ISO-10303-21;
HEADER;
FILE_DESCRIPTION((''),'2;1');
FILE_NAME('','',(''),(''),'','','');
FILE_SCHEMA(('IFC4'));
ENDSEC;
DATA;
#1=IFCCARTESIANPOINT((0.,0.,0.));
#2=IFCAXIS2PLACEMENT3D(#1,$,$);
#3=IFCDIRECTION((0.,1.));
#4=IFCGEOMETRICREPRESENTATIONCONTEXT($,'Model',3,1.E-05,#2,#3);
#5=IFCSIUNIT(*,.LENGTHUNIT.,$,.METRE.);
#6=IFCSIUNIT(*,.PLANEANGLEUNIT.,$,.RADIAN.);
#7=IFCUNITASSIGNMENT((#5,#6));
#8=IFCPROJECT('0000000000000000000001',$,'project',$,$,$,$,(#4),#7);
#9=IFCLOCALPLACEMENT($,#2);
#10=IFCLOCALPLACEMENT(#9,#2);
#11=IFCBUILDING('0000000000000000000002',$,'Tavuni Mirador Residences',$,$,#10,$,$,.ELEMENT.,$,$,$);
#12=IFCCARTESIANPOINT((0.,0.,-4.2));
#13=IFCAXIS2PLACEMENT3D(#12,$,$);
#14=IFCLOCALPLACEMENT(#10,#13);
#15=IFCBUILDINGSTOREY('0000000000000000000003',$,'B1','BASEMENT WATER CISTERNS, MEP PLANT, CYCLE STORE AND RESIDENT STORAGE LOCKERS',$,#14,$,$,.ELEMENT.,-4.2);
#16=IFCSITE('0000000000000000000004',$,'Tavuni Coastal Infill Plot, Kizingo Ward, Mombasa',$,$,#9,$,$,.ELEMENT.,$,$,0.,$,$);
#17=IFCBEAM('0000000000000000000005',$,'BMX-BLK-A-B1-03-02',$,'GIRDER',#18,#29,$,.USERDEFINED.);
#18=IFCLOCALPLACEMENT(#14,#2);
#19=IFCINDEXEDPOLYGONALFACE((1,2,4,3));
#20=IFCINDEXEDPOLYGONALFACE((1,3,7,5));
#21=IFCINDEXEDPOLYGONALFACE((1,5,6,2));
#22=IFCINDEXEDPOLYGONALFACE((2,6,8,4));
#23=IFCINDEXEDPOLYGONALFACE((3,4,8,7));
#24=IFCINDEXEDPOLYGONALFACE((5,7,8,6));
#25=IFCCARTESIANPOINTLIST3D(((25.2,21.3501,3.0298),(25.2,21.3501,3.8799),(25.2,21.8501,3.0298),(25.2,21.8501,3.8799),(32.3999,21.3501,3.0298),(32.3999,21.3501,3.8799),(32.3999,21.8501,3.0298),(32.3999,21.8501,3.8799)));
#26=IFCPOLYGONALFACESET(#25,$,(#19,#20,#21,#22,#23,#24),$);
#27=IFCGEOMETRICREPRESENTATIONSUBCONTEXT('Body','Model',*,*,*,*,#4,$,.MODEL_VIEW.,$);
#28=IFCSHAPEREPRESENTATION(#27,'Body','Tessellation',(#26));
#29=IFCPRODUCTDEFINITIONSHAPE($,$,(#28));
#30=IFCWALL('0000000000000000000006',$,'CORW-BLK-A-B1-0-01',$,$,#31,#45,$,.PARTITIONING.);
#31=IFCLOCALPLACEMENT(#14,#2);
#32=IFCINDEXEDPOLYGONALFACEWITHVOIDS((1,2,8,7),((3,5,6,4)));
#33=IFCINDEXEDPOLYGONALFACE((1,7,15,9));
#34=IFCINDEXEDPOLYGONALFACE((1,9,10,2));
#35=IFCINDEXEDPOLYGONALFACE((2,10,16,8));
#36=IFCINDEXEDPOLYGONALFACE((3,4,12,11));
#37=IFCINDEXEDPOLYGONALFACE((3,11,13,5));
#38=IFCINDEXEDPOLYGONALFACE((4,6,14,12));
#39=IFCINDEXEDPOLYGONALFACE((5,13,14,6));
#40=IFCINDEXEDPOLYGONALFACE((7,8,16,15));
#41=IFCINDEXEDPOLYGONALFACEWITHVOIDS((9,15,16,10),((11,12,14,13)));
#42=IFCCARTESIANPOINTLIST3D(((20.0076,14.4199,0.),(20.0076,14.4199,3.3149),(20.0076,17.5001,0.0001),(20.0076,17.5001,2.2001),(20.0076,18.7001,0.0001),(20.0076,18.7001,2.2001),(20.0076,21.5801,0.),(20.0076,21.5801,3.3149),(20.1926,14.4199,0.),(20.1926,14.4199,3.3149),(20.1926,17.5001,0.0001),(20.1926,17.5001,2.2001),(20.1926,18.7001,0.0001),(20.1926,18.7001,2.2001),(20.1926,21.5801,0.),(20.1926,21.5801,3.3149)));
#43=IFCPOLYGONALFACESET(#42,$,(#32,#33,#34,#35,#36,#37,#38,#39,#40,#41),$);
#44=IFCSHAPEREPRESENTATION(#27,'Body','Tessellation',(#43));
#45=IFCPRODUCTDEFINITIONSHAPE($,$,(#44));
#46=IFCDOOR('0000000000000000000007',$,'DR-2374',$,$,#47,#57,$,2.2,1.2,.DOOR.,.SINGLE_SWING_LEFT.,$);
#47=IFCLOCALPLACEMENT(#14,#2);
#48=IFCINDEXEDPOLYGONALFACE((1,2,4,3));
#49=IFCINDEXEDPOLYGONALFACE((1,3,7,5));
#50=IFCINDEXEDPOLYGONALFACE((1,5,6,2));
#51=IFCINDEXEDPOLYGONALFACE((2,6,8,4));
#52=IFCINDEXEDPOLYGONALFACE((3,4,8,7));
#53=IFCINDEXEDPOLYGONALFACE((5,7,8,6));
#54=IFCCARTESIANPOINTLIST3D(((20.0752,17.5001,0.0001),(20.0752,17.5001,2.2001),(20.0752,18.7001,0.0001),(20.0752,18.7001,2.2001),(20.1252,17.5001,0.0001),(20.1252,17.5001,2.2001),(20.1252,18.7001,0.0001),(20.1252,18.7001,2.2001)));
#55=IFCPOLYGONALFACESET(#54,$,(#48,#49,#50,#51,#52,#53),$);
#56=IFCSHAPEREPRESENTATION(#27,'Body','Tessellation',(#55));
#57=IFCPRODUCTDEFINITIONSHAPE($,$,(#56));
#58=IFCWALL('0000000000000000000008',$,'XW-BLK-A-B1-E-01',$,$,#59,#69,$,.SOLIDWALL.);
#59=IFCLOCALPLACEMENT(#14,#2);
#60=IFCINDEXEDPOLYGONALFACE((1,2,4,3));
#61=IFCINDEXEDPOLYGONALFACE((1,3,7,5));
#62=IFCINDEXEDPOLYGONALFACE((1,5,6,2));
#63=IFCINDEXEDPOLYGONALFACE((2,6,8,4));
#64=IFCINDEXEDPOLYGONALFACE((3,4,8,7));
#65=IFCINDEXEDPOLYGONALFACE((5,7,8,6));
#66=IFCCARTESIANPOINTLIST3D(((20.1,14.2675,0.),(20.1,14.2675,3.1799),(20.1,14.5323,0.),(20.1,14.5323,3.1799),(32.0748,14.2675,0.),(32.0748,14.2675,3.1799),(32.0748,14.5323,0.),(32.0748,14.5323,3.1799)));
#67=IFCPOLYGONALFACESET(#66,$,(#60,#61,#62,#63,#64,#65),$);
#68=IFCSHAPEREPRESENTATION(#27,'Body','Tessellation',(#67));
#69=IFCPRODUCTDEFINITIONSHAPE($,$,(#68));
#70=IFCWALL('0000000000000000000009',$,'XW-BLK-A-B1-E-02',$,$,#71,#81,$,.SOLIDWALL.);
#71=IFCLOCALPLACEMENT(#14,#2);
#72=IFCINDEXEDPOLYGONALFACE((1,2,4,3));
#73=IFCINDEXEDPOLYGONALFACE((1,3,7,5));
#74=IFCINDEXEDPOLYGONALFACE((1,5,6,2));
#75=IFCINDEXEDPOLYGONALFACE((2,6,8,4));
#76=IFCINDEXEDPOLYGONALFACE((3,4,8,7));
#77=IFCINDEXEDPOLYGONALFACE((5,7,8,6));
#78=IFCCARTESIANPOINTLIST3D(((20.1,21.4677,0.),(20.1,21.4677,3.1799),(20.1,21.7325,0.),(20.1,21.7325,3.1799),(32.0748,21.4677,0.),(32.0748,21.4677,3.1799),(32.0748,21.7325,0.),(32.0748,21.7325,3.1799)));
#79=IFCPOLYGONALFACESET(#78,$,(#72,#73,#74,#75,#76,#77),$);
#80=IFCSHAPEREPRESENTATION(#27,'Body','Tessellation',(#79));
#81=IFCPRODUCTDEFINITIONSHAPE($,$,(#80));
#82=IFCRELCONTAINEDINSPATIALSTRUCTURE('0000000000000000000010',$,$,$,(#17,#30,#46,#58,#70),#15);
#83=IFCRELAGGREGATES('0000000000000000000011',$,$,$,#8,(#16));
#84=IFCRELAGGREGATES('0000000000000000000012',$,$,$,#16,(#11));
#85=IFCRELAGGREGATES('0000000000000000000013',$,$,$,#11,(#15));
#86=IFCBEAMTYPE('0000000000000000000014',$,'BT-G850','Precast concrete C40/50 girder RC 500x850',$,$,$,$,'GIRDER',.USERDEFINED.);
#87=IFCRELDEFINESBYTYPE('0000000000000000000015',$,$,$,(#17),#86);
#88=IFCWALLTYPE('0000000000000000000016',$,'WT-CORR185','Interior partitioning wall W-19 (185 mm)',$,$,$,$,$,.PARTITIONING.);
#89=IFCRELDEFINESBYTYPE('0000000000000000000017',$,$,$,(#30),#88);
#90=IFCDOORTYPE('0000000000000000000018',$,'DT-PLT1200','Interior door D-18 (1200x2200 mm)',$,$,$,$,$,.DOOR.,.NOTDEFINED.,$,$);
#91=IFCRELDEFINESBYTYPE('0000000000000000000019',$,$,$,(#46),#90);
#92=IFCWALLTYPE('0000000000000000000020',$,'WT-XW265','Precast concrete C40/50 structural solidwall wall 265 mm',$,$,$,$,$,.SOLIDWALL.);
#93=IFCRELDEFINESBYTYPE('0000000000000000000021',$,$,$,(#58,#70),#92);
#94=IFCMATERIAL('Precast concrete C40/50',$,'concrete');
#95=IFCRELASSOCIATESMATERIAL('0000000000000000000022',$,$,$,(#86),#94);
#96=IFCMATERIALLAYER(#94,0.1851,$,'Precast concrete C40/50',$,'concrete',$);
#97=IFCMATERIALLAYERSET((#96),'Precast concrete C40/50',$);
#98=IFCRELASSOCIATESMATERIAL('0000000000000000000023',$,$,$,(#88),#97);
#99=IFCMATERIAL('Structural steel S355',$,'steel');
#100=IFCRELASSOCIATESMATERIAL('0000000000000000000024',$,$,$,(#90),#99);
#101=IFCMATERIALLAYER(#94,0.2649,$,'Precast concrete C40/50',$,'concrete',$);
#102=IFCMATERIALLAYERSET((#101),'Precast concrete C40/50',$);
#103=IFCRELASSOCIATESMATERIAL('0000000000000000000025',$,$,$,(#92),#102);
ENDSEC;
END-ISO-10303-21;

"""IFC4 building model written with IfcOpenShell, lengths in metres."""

from ifc_helpers import new_model, si_unit, direction, frame, frame_2d, origin, origin_2d, place, context, subcontext, project, spatial, rectangle, extrude, material, layer, layer_set, material_profile, profile_set, type_object, element, fill, save


model = new_model("IFC4")

# Units and contexts
model_context = context("Model", 3, precision=1e-05, world=origin(), true_north=direction((0.0, 1.0)))
body_context = subcontext(model_context, "Body", "Model", "MODEL_VIEW")
ifc_project = project(units=[si_unit("LENGTHUNIT", "METRE"), si_unit("PLANEANGLEUNIT", "RADIAN")], contexts=[model_context])

# Site, building, storey
site_placement = place(None, origin())
site = spatial("IfcSite", under=ifc_project, at=site_placement, Name="Tavuni Coastal Infill Plot, Kizingo Ward, Mombasa", CompositionType="ELEMENT", RefElevation=0.0)
building_placement = place(site_placement, origin())
building = spatial("IfcBuilding", under=site, at=building_placement, Name="Tavuni Mirador Residences", CompositionType="ELEMENT")
storey_placement = place(building_placement, frame((0.0, 0.0, -4.2)))
storey = spatial("IfcBuildingStorey", under=building, at=storey_placement, Name="B1", Description="BASEMENT WATER CISTERNS, MEP PLANT, CYCLE STORE AND RESIDENT STORAGE LOCKERS", CompositionType="ELEMENT", Elevation=-4.2)

# Beam
ifc_material_1 = material(Name="Precast concrete C40/50", Category="concrete")
ifc_material_profile_1 = material_profile(ifc_material_1, rectangle(XDim=0.5, YDim=0.8501, at=origin_2d()), Name="RC 500x850", Category="concrete")
ifc_profile_set_1 = profile_set([ifc_material_profile_1], Name="Precast concrete C40/50")
beam_type_1 = type_object("IfcBeamType", Name="BT-G850", Description="Precast concrete C40/50 girder RC 500x850", ElementType="GIRDER", PredefinedType="USERDEFINED", material=ifc_profile_set_1)
for number, where, z_axis, x_axis, name in (
    (1, (25.2, 21.6001, 3.4548), (1.0, 0.0, 0.0), (0.0, 1.0, 0.0), "BMX-BLK-A-B1-03-02"),
):
    element("IfcBeam", number, at=place(storey_placement, frame(where, z_axis=z_axis, x_axis=x_axis)), inside=storey, type_object=beam_type_1, Name=name, ObjectType="GIRDER", PredefinedType="USERDEFINED", context=body_context, shape_type="SweptSolid", body=[
        extrude(rectangle(XDim=0.5, YDim=0.8501, at=origin_2d()), origin(), (0.0, 0.0, 1.0), 7.2),
    ])

# Wall, opening, door
ifc_layer_1 = layer(ifc_material_1, 0.1851, Name="Precast concrete C40/50", Category="concrete")
ifc_layer_set_1 = layer_set([ifc_layer_1], Name="Precast concrete C40/50")
wall_type_1 = type_object("IfcWallType", Name="WT-CORR185", Description="Interior partitioning wall W-19 (185 mm)", PredefinedType="PARTITIONING", material=ifc_layer_set_1)
wall_placement = place(storey_placement, frame((20.1001, 14.4199, 0.0), z_axis=(0.0, 0.0, 1.0), x_axis=(0.0, 1.0, 0.0)))
wall = element("IfcWall", 2, at=wall_placement, inside=storey, type_object=wall_type_1, Name="CORW-BLK-A-B1-0-01", PredefinedType="PARTITIONING", context=body_context, shape_type="SweptSolid", body=[
    extrude(rectangle(XDim=7.1602, YDim=0.1851, at=frame_2d((3.5801, 0.0))), origin(), (0.0, 0.0, 1.0), 3.3149),
])
opening_placement = place(wall_placement, frame((3.0801, 0.0, 0.0)))
opening = element("IfcOpeningElement", 3, at=opening_placement, cuts=wall, PredefinedType="OPENING", context=body_context, shape_type="SweptSolid", body=[
    extrude(rectangle(XDim=1.2, YDim=2.2, at=frame_2d((0.6001, 1.1001))), frame((0.0, 0.1025, 0.0), z_axis=(0.0, -1.0, 0.0), x_axis=(1.0, 0.0, 0.0)), (0.0, 0.0, 1.0), 0.2051),
])
ifc_material_2 = material(Name="Structural steel S355", Category="steel")
door_type = type_object("IfcDoorType", Name="DT-PLT1200", Description="Interior door D-18 (1200x2200 mm)", OperationType="NOTDEFINED", PredefinedType="DOOR", material=ifc_material_2)
door_placement = place(opening_placement, origin())
door = element("IfcDoor", 4, at=door_placement, inside=storey, type_object=door_type, Name="DR-2374", OperationType="SINGLE_SWING_LEFT", OverallHeight=2.2, OverallWidth=1.2, PredefinedType="DOOR", context=body_context, shape_type="SweptSolid", body=[
    extrude(rectangle(XDim=1.2, YDim=2.2, at=frame_2d((0.6001, 1.1001))), frame((0.0, 0.0249, 0.0), z_axis=(0.0, -1.0, 0.0), x_axis=(1.0, 0.0, 0.0)), (0.0, 0.0, 1.0), 0.05),
])
fill(opening, door)

# Walls
ifc_layer_2 = layer(ifc_material_1, 0.2649, Name="Precast concrete C40/50", Category="concrete")
ifc_layer_set_2 = layer_set([ifc_layer_2], Name="Precast concrete C40/50")
wall_type_2 = type_object("IfcWallType", Name="WT-XW265", Description="Precast concrete C40/50 structural solidwall wall 265 mm", PredefinedType="SOLIDWALL", material=ifc_layer_set_2)
for number, where, z_axis, x_axis, name in (
    (5, (20.1001, 14.3999, 0.0), (0.0, 0.0, 1.0), (1.0, 0.0, 0.0), "XW-BLK-A-B1-E-01"),
    (6, (20.1001, 21.6001, 0.0), (0.0, 0.0, 1.0), (1.0, 0.0, 0.0), "XW-BLK-A-B1-E-02"),
):
    element("IfcWall", number, at=place(storey_placement, frame(where, z_axis=z_axis, x_axis=x_axis)), inside=storey, type_object=wall_type_2, Name=name, PredefinedType="SOLIDWALL", context=body_context, shape_type="SweptSolid", body=[
        extrude(rectangle(XDim=11.9749, YDim=0.2649, at=frame_2d((5.9873, 0.0))), origin(), (0.0, 0.0, 1.0), 3.1799),
    ])

save(model, "model.ifc")
